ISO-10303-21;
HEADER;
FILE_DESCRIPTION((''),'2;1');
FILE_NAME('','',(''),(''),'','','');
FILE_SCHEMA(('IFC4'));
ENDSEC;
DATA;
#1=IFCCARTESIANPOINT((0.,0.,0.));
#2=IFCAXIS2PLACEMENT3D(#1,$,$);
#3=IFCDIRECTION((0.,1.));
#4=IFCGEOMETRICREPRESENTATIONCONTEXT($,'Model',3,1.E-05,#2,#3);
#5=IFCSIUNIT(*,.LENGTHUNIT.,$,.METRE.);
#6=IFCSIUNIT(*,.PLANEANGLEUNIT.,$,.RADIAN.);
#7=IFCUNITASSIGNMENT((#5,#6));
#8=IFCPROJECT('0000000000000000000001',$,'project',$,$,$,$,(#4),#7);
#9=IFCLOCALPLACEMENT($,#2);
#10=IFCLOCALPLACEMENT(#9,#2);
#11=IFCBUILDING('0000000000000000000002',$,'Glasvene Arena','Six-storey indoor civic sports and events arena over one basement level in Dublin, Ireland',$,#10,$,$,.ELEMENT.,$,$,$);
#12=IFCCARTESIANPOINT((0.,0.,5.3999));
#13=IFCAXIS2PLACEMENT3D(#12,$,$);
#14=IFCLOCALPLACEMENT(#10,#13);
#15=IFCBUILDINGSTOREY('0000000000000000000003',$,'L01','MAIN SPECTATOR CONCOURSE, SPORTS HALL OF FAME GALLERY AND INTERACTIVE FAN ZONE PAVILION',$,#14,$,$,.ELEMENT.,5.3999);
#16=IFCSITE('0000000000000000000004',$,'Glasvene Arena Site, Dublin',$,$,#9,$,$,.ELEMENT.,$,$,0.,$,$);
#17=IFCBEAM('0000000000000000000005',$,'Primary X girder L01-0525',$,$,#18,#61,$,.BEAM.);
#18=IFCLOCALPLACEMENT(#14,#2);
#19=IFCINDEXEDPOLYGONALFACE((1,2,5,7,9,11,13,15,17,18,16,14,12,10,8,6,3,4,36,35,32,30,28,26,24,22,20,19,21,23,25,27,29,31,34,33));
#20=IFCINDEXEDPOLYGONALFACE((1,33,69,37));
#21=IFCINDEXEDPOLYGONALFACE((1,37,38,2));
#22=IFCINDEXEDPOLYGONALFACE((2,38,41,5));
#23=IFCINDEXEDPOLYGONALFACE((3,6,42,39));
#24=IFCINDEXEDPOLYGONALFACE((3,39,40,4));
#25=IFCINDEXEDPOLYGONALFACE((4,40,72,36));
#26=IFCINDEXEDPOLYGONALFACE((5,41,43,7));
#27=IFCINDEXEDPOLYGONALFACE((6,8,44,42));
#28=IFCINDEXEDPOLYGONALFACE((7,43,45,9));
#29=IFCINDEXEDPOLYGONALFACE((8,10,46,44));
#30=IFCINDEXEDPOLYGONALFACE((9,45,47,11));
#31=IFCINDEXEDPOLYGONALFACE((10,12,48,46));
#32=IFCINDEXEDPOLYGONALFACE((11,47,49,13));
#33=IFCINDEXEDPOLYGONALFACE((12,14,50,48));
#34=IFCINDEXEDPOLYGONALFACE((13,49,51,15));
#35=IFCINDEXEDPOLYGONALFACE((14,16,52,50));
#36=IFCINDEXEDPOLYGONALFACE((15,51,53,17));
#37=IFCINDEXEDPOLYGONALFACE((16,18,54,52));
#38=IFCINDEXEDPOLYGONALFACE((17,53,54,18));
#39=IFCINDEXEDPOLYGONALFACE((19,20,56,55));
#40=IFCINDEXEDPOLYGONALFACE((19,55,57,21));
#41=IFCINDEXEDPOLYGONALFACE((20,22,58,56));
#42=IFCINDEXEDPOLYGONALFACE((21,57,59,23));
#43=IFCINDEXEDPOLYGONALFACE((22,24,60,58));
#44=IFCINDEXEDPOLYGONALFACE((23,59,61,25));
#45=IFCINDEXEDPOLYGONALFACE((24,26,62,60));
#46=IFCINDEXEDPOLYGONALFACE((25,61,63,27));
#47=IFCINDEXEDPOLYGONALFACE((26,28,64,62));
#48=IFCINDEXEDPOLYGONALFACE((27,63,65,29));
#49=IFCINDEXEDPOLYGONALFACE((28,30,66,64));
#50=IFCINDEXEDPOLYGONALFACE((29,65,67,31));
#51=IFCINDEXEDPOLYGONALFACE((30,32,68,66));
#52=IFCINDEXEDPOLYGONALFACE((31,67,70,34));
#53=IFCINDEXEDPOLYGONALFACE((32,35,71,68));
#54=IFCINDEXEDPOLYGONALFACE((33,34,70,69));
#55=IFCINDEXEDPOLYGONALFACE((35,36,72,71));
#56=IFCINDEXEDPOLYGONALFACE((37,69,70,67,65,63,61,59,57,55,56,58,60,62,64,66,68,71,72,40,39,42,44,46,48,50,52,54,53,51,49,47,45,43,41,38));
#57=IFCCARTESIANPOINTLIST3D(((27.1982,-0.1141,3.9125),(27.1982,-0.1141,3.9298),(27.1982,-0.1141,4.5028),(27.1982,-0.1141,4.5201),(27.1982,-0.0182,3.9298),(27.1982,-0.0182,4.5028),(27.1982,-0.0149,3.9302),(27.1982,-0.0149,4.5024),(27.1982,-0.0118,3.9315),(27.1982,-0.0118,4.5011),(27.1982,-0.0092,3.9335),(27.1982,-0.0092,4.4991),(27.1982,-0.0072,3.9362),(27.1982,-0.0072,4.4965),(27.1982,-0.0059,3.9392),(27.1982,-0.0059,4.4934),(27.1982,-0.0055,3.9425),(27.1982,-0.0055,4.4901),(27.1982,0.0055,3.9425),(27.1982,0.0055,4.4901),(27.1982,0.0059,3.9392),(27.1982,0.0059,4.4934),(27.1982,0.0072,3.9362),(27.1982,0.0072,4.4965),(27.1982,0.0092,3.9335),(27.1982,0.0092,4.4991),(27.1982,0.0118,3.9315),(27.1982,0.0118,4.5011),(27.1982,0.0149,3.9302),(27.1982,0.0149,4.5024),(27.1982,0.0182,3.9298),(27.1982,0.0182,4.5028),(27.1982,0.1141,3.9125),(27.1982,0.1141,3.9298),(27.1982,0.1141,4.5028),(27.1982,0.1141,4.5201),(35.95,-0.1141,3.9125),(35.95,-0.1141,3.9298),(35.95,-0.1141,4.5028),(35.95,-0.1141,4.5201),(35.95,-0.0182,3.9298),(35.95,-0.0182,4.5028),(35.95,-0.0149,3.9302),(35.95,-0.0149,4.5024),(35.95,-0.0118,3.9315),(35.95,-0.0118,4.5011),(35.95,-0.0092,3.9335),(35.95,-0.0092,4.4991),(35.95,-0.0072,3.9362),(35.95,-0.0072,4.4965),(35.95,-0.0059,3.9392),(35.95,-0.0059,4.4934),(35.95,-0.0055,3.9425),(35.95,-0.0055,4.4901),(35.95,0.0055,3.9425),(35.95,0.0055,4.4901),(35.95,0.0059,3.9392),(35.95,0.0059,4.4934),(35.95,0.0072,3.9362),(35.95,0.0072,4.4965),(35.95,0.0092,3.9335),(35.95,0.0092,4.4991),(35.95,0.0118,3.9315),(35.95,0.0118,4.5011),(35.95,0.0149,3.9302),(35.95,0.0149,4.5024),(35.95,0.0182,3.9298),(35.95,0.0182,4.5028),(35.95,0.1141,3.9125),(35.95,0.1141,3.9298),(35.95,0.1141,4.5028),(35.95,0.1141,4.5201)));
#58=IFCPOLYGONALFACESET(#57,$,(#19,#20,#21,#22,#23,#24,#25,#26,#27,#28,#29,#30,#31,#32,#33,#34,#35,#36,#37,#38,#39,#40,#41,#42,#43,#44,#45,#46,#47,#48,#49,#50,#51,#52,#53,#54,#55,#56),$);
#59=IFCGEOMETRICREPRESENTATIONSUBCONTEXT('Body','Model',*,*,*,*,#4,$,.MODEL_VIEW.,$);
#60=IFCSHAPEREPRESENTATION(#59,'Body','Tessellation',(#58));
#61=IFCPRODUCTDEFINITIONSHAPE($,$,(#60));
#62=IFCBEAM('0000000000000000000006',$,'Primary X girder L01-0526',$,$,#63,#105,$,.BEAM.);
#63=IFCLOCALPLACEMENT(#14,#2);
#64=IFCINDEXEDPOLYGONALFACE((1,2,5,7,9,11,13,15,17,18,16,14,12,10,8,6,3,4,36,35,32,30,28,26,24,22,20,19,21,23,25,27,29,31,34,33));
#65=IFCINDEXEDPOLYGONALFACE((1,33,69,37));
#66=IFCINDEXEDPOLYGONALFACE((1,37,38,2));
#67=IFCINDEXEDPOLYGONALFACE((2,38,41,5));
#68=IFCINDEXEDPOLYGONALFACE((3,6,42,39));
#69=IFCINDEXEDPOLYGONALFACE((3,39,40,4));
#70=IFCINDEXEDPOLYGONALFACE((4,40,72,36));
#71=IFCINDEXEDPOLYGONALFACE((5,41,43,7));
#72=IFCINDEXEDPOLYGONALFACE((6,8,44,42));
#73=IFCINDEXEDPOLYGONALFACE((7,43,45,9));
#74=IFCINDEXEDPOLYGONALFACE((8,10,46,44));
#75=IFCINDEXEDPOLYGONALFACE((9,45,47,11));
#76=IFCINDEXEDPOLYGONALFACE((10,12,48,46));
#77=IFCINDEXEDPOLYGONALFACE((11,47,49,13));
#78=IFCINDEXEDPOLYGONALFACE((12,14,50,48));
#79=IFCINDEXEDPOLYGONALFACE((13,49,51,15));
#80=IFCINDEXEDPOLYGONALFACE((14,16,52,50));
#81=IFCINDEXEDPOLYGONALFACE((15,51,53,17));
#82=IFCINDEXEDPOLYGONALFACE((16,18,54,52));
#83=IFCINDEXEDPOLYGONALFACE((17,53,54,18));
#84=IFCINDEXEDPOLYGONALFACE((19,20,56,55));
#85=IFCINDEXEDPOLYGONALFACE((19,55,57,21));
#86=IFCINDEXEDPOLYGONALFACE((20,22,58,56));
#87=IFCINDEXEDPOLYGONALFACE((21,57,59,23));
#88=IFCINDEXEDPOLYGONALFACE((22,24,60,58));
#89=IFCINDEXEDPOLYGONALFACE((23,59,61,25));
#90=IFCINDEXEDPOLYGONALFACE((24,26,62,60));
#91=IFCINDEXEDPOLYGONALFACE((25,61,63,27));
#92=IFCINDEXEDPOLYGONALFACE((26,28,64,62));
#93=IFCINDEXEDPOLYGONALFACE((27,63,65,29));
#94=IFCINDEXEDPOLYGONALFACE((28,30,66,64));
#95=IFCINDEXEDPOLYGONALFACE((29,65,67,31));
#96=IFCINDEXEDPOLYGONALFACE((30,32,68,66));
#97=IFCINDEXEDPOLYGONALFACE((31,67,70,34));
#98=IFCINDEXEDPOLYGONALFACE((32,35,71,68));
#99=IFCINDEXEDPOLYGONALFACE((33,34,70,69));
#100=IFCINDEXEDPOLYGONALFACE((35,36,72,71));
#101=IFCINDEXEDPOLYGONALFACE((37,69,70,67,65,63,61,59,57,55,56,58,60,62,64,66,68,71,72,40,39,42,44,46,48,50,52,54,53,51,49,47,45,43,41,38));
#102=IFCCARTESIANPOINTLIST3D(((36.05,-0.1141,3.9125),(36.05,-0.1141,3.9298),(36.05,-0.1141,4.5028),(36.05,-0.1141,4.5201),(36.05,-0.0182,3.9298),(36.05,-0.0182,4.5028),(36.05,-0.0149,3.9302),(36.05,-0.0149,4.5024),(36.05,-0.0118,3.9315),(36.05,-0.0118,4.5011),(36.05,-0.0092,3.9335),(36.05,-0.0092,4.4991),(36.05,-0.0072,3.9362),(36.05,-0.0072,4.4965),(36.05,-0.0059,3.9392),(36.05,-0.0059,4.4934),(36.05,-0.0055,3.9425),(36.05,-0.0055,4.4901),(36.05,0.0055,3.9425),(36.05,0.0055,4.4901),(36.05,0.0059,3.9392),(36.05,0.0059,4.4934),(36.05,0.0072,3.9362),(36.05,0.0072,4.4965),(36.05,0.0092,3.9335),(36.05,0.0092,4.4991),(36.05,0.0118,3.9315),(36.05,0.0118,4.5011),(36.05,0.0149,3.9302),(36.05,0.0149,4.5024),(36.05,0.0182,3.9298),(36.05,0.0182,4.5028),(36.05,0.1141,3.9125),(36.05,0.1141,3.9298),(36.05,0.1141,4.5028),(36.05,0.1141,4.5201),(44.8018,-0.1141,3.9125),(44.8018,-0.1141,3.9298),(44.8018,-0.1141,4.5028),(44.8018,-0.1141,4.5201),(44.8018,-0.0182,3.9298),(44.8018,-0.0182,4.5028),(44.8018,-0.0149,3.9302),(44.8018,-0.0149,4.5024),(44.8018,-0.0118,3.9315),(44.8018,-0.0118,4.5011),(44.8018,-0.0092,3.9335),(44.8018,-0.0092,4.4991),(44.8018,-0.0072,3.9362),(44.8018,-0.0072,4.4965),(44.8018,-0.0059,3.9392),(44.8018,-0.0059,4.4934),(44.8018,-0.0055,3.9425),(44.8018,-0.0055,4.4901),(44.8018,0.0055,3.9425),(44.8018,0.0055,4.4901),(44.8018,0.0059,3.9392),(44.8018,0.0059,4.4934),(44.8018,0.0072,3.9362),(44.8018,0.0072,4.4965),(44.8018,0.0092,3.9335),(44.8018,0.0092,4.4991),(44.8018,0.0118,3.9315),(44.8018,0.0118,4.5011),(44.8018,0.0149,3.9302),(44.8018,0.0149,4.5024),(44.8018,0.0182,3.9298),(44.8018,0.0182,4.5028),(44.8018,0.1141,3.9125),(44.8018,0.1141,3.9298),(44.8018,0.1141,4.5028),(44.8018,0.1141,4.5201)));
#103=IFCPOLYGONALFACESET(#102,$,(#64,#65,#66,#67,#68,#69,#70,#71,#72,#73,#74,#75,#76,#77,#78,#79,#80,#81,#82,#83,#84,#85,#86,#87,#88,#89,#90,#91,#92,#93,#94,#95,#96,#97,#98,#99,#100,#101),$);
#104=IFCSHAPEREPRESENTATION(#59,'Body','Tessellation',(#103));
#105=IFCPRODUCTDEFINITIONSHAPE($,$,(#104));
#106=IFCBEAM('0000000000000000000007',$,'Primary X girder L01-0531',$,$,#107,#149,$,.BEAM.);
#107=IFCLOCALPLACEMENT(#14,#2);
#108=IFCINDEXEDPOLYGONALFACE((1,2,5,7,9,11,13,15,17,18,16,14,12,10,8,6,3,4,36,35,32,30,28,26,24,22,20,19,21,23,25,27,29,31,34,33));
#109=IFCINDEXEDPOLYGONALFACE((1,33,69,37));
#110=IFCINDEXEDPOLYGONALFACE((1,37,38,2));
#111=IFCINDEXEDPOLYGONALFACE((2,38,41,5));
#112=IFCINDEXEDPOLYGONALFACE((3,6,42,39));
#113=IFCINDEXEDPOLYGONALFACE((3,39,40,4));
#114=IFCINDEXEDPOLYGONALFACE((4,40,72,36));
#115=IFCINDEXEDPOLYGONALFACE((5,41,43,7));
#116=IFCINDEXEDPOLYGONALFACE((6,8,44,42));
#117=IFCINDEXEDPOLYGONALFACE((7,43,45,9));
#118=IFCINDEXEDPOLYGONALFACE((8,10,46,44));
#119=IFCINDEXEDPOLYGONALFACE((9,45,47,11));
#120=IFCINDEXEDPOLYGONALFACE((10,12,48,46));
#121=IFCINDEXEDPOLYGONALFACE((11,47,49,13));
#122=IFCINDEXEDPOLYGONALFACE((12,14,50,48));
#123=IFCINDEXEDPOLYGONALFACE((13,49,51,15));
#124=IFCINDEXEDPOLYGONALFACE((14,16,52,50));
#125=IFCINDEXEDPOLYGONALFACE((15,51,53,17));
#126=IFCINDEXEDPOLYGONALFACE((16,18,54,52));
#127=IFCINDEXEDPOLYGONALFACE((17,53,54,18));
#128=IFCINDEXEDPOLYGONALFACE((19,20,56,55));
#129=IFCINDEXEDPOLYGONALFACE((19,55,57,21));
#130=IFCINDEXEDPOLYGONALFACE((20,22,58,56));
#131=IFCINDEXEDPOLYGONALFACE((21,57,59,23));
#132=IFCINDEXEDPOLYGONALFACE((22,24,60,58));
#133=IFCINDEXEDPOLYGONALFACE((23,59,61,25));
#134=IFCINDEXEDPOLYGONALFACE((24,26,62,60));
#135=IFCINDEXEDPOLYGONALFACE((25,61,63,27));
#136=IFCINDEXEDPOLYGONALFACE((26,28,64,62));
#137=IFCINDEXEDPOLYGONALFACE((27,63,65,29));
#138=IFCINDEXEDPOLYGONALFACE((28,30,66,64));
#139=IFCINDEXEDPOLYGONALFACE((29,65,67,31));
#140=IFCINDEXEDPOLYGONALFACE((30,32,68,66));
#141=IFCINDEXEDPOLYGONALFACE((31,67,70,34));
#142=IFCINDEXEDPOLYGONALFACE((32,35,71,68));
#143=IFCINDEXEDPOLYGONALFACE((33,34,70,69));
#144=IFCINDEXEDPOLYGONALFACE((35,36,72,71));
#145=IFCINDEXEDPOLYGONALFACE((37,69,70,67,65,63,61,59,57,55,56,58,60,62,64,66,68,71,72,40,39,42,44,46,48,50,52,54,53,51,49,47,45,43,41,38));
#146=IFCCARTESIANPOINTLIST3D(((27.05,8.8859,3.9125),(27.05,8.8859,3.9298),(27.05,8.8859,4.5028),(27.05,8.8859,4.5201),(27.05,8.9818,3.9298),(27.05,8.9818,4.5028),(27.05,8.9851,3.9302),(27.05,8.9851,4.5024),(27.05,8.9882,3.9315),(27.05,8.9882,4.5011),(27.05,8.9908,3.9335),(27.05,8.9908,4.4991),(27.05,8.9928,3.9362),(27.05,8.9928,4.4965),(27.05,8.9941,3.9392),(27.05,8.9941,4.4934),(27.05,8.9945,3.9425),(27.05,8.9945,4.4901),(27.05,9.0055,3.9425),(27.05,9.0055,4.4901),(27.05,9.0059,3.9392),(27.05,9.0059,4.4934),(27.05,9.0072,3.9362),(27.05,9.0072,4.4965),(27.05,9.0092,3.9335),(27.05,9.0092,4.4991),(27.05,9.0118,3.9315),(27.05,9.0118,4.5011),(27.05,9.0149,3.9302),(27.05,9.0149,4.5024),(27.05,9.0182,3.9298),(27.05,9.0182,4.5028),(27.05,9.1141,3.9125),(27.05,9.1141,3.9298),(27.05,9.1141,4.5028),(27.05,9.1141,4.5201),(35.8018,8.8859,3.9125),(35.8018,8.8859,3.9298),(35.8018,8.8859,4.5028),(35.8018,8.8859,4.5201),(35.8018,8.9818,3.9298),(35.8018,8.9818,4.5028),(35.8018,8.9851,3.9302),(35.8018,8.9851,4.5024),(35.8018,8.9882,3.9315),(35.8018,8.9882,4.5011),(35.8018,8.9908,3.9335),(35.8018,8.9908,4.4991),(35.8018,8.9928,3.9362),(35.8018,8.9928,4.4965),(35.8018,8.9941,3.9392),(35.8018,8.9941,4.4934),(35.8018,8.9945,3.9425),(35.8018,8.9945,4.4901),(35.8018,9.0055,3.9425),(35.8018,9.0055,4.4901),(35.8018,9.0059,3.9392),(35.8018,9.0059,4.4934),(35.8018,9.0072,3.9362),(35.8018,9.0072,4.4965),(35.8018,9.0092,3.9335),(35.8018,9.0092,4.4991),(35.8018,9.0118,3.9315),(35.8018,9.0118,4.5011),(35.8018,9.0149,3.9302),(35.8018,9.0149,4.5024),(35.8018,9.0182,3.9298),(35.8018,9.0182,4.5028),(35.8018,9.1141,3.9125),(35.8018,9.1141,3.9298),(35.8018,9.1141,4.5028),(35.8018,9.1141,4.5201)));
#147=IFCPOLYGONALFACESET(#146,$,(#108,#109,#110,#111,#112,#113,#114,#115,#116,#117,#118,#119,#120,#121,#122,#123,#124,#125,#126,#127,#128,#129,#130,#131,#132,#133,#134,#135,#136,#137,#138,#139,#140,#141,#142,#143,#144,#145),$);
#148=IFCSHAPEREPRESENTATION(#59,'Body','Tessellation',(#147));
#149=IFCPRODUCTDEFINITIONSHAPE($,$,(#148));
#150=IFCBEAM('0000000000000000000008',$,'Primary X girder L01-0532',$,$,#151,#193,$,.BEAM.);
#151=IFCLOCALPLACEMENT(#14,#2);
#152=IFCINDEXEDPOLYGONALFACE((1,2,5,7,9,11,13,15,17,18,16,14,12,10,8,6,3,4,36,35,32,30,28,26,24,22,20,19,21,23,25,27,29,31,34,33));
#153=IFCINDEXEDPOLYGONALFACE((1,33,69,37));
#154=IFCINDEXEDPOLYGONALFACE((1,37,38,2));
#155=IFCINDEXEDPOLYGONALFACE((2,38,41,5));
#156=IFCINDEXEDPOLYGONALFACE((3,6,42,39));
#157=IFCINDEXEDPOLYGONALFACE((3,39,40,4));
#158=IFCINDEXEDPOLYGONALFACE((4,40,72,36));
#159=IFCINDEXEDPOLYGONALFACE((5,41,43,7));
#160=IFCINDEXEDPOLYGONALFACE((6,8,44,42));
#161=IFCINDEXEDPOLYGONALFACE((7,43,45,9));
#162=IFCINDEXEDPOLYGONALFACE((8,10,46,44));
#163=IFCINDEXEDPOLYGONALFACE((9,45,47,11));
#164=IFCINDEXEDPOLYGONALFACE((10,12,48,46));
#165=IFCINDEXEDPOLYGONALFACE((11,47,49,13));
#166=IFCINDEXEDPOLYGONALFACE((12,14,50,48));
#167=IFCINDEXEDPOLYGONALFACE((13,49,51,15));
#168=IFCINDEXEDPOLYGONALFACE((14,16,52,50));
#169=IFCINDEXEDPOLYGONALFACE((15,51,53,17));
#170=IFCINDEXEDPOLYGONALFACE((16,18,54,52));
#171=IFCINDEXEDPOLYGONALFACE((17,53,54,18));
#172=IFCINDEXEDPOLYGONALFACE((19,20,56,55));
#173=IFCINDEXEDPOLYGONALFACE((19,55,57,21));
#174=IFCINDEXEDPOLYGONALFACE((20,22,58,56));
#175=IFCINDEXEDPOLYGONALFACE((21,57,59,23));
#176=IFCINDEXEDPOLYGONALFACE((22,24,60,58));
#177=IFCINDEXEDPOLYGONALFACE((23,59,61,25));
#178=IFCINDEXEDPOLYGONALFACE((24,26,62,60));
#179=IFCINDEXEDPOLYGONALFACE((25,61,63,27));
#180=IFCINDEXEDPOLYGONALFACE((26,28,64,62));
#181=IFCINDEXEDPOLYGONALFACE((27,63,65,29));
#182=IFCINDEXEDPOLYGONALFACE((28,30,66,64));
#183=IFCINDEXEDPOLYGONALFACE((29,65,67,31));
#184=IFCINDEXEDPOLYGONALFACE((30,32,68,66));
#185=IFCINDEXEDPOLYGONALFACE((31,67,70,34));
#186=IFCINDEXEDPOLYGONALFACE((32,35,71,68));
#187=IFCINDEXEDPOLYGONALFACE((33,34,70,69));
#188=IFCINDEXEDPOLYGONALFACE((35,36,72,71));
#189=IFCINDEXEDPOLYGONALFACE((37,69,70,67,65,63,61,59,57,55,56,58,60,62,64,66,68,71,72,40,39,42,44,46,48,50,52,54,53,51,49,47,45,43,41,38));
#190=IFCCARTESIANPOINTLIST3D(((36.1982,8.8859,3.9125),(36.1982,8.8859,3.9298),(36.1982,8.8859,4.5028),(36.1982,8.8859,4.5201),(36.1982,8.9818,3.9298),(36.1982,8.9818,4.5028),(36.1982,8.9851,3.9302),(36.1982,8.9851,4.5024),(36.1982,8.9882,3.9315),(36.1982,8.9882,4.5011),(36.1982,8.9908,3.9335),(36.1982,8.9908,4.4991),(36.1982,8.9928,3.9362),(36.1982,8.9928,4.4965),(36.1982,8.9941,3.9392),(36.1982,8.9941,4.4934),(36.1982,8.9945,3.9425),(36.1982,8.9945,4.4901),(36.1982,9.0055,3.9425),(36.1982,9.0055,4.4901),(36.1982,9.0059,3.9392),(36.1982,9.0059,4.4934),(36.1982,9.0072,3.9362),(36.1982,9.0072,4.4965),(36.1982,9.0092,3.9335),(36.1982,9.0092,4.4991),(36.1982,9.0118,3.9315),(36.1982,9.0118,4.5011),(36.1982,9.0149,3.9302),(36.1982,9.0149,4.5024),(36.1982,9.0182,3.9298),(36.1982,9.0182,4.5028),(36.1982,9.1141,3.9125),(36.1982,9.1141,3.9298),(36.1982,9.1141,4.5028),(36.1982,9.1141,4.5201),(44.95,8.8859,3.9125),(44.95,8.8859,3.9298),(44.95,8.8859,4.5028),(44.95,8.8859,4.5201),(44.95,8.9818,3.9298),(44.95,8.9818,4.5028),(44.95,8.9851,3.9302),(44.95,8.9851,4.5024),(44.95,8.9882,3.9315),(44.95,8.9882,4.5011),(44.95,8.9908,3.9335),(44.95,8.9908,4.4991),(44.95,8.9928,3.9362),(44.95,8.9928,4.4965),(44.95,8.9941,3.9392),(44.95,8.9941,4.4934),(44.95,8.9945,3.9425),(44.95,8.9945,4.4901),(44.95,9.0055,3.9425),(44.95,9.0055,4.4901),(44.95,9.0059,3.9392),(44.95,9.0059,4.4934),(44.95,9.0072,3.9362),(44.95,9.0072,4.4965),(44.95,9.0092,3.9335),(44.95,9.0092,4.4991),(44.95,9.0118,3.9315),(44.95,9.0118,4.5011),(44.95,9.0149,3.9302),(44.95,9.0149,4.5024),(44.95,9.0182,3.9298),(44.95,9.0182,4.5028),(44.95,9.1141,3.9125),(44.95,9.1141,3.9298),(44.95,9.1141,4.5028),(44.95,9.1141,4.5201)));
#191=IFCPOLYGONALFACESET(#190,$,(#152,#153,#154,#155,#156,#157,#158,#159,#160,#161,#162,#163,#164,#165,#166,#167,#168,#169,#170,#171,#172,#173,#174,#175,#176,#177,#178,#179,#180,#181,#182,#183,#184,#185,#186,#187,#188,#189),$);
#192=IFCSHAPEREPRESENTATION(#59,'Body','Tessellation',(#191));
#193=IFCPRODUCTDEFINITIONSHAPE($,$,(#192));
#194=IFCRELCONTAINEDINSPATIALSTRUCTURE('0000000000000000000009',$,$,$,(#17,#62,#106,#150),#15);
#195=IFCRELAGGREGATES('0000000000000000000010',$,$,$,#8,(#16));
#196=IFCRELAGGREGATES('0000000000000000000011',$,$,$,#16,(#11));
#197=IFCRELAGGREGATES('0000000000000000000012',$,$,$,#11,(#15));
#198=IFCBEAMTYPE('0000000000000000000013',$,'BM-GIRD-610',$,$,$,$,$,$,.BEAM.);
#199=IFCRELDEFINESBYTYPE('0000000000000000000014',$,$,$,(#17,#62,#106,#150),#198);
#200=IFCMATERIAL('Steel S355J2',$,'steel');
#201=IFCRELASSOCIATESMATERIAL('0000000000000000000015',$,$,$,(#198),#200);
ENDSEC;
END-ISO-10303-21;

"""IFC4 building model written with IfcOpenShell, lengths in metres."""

from ifc_helpers import new_model, si_unit, direction, frame, origin, origin_2d, place, context, subcontext, project, spatial, i_section, extrude, material, material_profile, profile_set, type_object, element, save


model = new_model("IFC4")

# Units and contexts
model_context = context("Model", 3, precision=1e-05, world=origin(), true_north=direction((0.0, 1.0)))
body_context = subcontext(model_context, "Body", "Model", "MODEL_VIEW")
ifc_project = project(units=[si_unit("LENGTHUNIT", "METRE"), si_unit("PLANEANGLEUNIT", "RADIAN")], contexts=[model_context])

# Site, building, storey
site_placement = place(None, origin())
site = spatial("IfcSite", under=ifc_project, at=site_placement, Name="Glasvene Arena Site, Dublin", CompositionType="ELEMENT", RefElevation=0.0)
building_placement = place(site_placement, origin())
building = spatial("IfcBuilding", under=site, at=building_placement, Name="Glasvene Arena", Description="Six-storey indoor civic sports and events arena over one basement level in Dublin, Ireland", CompositionType="ELEMENT")
storey_placement = place(building_placement, frame((0.0, 0.0, 5.3999)))
storey = spatial("IfcBuildingStorey", under=building, at=storey_placement, Name="L01", Description="MAIN SPECTATOR CONCOURSE, SPORTS HALL OF FAME GALLERY AND INTERACTIVE FAN ZONE PAVILION", CompositionType="ELEMENT", Elevation=5.3999)

# Shared definitions
ifc_material_1 = material(Name="Steel S355J2", Category="steel")

# Beams
ifc_material_profile_1 = material_profile(ifc_material_1, i_section(OverallWidth=0.2283, OverallDepth=0.6077, WebThickness=0.011, FlangeThickness=0.0173, FilletRadius=0.0127, at=origin_2d()), Name="UKB 610x229x113")
ifc_profile_set_1 = profile_set([ifc_material_profile_1], Name="Steel S355J2")
beam_type_1 = type_object("IfcBeamType", Name="BM-GIRD-610", PredefinedType="BEAM", material=ifc_profile_set_1)
for number, where, z_axis, x_axis, name in (
    (1, (27.1982, 0.0, 4.2163), (1.0, 0.0, 0.0), (0.0, 1.0, 0.0), "Primary X girder L01-0525"),
    (2, (36.05, 0.0, 4.2163), (1.0, 0.0, 0.0), (0.0, 1.0, 0.0), "Primary X girder L01-0526"),
    (3, (27.05, 9.0, 4.2163), (1.0, 0.0, 0.0), (0.0, 1.0, 0.0), "Primary X girder L01-0531"),
    (4, (36.1982, 9.0, 4.2163), (1.0, 0.0, 0.0), (0.0, 1.0, 0.0), "Primary X girder L01-0532"),
):
    element("IfcBeam", number, at=place(storey_placement, frame(where, z_axis=z_axis, x_axis=x_axis)), inside=storey, type_object=beam_type_1, Name=name, PredefinedType="BEAM", context=body_context, shape_type="SweptSolid", body=[
        extrude(i_section(OverallWidth=0.2283, OverallDepth=0.6077, WebThickness=0.011, FlangeThickness=0.0173, FilletRadius=0.0127, at=origin_2d()), origin(), (0.0, 0.0, 1.0), 8.7517),
    ])

save(model, "model.ifc")
